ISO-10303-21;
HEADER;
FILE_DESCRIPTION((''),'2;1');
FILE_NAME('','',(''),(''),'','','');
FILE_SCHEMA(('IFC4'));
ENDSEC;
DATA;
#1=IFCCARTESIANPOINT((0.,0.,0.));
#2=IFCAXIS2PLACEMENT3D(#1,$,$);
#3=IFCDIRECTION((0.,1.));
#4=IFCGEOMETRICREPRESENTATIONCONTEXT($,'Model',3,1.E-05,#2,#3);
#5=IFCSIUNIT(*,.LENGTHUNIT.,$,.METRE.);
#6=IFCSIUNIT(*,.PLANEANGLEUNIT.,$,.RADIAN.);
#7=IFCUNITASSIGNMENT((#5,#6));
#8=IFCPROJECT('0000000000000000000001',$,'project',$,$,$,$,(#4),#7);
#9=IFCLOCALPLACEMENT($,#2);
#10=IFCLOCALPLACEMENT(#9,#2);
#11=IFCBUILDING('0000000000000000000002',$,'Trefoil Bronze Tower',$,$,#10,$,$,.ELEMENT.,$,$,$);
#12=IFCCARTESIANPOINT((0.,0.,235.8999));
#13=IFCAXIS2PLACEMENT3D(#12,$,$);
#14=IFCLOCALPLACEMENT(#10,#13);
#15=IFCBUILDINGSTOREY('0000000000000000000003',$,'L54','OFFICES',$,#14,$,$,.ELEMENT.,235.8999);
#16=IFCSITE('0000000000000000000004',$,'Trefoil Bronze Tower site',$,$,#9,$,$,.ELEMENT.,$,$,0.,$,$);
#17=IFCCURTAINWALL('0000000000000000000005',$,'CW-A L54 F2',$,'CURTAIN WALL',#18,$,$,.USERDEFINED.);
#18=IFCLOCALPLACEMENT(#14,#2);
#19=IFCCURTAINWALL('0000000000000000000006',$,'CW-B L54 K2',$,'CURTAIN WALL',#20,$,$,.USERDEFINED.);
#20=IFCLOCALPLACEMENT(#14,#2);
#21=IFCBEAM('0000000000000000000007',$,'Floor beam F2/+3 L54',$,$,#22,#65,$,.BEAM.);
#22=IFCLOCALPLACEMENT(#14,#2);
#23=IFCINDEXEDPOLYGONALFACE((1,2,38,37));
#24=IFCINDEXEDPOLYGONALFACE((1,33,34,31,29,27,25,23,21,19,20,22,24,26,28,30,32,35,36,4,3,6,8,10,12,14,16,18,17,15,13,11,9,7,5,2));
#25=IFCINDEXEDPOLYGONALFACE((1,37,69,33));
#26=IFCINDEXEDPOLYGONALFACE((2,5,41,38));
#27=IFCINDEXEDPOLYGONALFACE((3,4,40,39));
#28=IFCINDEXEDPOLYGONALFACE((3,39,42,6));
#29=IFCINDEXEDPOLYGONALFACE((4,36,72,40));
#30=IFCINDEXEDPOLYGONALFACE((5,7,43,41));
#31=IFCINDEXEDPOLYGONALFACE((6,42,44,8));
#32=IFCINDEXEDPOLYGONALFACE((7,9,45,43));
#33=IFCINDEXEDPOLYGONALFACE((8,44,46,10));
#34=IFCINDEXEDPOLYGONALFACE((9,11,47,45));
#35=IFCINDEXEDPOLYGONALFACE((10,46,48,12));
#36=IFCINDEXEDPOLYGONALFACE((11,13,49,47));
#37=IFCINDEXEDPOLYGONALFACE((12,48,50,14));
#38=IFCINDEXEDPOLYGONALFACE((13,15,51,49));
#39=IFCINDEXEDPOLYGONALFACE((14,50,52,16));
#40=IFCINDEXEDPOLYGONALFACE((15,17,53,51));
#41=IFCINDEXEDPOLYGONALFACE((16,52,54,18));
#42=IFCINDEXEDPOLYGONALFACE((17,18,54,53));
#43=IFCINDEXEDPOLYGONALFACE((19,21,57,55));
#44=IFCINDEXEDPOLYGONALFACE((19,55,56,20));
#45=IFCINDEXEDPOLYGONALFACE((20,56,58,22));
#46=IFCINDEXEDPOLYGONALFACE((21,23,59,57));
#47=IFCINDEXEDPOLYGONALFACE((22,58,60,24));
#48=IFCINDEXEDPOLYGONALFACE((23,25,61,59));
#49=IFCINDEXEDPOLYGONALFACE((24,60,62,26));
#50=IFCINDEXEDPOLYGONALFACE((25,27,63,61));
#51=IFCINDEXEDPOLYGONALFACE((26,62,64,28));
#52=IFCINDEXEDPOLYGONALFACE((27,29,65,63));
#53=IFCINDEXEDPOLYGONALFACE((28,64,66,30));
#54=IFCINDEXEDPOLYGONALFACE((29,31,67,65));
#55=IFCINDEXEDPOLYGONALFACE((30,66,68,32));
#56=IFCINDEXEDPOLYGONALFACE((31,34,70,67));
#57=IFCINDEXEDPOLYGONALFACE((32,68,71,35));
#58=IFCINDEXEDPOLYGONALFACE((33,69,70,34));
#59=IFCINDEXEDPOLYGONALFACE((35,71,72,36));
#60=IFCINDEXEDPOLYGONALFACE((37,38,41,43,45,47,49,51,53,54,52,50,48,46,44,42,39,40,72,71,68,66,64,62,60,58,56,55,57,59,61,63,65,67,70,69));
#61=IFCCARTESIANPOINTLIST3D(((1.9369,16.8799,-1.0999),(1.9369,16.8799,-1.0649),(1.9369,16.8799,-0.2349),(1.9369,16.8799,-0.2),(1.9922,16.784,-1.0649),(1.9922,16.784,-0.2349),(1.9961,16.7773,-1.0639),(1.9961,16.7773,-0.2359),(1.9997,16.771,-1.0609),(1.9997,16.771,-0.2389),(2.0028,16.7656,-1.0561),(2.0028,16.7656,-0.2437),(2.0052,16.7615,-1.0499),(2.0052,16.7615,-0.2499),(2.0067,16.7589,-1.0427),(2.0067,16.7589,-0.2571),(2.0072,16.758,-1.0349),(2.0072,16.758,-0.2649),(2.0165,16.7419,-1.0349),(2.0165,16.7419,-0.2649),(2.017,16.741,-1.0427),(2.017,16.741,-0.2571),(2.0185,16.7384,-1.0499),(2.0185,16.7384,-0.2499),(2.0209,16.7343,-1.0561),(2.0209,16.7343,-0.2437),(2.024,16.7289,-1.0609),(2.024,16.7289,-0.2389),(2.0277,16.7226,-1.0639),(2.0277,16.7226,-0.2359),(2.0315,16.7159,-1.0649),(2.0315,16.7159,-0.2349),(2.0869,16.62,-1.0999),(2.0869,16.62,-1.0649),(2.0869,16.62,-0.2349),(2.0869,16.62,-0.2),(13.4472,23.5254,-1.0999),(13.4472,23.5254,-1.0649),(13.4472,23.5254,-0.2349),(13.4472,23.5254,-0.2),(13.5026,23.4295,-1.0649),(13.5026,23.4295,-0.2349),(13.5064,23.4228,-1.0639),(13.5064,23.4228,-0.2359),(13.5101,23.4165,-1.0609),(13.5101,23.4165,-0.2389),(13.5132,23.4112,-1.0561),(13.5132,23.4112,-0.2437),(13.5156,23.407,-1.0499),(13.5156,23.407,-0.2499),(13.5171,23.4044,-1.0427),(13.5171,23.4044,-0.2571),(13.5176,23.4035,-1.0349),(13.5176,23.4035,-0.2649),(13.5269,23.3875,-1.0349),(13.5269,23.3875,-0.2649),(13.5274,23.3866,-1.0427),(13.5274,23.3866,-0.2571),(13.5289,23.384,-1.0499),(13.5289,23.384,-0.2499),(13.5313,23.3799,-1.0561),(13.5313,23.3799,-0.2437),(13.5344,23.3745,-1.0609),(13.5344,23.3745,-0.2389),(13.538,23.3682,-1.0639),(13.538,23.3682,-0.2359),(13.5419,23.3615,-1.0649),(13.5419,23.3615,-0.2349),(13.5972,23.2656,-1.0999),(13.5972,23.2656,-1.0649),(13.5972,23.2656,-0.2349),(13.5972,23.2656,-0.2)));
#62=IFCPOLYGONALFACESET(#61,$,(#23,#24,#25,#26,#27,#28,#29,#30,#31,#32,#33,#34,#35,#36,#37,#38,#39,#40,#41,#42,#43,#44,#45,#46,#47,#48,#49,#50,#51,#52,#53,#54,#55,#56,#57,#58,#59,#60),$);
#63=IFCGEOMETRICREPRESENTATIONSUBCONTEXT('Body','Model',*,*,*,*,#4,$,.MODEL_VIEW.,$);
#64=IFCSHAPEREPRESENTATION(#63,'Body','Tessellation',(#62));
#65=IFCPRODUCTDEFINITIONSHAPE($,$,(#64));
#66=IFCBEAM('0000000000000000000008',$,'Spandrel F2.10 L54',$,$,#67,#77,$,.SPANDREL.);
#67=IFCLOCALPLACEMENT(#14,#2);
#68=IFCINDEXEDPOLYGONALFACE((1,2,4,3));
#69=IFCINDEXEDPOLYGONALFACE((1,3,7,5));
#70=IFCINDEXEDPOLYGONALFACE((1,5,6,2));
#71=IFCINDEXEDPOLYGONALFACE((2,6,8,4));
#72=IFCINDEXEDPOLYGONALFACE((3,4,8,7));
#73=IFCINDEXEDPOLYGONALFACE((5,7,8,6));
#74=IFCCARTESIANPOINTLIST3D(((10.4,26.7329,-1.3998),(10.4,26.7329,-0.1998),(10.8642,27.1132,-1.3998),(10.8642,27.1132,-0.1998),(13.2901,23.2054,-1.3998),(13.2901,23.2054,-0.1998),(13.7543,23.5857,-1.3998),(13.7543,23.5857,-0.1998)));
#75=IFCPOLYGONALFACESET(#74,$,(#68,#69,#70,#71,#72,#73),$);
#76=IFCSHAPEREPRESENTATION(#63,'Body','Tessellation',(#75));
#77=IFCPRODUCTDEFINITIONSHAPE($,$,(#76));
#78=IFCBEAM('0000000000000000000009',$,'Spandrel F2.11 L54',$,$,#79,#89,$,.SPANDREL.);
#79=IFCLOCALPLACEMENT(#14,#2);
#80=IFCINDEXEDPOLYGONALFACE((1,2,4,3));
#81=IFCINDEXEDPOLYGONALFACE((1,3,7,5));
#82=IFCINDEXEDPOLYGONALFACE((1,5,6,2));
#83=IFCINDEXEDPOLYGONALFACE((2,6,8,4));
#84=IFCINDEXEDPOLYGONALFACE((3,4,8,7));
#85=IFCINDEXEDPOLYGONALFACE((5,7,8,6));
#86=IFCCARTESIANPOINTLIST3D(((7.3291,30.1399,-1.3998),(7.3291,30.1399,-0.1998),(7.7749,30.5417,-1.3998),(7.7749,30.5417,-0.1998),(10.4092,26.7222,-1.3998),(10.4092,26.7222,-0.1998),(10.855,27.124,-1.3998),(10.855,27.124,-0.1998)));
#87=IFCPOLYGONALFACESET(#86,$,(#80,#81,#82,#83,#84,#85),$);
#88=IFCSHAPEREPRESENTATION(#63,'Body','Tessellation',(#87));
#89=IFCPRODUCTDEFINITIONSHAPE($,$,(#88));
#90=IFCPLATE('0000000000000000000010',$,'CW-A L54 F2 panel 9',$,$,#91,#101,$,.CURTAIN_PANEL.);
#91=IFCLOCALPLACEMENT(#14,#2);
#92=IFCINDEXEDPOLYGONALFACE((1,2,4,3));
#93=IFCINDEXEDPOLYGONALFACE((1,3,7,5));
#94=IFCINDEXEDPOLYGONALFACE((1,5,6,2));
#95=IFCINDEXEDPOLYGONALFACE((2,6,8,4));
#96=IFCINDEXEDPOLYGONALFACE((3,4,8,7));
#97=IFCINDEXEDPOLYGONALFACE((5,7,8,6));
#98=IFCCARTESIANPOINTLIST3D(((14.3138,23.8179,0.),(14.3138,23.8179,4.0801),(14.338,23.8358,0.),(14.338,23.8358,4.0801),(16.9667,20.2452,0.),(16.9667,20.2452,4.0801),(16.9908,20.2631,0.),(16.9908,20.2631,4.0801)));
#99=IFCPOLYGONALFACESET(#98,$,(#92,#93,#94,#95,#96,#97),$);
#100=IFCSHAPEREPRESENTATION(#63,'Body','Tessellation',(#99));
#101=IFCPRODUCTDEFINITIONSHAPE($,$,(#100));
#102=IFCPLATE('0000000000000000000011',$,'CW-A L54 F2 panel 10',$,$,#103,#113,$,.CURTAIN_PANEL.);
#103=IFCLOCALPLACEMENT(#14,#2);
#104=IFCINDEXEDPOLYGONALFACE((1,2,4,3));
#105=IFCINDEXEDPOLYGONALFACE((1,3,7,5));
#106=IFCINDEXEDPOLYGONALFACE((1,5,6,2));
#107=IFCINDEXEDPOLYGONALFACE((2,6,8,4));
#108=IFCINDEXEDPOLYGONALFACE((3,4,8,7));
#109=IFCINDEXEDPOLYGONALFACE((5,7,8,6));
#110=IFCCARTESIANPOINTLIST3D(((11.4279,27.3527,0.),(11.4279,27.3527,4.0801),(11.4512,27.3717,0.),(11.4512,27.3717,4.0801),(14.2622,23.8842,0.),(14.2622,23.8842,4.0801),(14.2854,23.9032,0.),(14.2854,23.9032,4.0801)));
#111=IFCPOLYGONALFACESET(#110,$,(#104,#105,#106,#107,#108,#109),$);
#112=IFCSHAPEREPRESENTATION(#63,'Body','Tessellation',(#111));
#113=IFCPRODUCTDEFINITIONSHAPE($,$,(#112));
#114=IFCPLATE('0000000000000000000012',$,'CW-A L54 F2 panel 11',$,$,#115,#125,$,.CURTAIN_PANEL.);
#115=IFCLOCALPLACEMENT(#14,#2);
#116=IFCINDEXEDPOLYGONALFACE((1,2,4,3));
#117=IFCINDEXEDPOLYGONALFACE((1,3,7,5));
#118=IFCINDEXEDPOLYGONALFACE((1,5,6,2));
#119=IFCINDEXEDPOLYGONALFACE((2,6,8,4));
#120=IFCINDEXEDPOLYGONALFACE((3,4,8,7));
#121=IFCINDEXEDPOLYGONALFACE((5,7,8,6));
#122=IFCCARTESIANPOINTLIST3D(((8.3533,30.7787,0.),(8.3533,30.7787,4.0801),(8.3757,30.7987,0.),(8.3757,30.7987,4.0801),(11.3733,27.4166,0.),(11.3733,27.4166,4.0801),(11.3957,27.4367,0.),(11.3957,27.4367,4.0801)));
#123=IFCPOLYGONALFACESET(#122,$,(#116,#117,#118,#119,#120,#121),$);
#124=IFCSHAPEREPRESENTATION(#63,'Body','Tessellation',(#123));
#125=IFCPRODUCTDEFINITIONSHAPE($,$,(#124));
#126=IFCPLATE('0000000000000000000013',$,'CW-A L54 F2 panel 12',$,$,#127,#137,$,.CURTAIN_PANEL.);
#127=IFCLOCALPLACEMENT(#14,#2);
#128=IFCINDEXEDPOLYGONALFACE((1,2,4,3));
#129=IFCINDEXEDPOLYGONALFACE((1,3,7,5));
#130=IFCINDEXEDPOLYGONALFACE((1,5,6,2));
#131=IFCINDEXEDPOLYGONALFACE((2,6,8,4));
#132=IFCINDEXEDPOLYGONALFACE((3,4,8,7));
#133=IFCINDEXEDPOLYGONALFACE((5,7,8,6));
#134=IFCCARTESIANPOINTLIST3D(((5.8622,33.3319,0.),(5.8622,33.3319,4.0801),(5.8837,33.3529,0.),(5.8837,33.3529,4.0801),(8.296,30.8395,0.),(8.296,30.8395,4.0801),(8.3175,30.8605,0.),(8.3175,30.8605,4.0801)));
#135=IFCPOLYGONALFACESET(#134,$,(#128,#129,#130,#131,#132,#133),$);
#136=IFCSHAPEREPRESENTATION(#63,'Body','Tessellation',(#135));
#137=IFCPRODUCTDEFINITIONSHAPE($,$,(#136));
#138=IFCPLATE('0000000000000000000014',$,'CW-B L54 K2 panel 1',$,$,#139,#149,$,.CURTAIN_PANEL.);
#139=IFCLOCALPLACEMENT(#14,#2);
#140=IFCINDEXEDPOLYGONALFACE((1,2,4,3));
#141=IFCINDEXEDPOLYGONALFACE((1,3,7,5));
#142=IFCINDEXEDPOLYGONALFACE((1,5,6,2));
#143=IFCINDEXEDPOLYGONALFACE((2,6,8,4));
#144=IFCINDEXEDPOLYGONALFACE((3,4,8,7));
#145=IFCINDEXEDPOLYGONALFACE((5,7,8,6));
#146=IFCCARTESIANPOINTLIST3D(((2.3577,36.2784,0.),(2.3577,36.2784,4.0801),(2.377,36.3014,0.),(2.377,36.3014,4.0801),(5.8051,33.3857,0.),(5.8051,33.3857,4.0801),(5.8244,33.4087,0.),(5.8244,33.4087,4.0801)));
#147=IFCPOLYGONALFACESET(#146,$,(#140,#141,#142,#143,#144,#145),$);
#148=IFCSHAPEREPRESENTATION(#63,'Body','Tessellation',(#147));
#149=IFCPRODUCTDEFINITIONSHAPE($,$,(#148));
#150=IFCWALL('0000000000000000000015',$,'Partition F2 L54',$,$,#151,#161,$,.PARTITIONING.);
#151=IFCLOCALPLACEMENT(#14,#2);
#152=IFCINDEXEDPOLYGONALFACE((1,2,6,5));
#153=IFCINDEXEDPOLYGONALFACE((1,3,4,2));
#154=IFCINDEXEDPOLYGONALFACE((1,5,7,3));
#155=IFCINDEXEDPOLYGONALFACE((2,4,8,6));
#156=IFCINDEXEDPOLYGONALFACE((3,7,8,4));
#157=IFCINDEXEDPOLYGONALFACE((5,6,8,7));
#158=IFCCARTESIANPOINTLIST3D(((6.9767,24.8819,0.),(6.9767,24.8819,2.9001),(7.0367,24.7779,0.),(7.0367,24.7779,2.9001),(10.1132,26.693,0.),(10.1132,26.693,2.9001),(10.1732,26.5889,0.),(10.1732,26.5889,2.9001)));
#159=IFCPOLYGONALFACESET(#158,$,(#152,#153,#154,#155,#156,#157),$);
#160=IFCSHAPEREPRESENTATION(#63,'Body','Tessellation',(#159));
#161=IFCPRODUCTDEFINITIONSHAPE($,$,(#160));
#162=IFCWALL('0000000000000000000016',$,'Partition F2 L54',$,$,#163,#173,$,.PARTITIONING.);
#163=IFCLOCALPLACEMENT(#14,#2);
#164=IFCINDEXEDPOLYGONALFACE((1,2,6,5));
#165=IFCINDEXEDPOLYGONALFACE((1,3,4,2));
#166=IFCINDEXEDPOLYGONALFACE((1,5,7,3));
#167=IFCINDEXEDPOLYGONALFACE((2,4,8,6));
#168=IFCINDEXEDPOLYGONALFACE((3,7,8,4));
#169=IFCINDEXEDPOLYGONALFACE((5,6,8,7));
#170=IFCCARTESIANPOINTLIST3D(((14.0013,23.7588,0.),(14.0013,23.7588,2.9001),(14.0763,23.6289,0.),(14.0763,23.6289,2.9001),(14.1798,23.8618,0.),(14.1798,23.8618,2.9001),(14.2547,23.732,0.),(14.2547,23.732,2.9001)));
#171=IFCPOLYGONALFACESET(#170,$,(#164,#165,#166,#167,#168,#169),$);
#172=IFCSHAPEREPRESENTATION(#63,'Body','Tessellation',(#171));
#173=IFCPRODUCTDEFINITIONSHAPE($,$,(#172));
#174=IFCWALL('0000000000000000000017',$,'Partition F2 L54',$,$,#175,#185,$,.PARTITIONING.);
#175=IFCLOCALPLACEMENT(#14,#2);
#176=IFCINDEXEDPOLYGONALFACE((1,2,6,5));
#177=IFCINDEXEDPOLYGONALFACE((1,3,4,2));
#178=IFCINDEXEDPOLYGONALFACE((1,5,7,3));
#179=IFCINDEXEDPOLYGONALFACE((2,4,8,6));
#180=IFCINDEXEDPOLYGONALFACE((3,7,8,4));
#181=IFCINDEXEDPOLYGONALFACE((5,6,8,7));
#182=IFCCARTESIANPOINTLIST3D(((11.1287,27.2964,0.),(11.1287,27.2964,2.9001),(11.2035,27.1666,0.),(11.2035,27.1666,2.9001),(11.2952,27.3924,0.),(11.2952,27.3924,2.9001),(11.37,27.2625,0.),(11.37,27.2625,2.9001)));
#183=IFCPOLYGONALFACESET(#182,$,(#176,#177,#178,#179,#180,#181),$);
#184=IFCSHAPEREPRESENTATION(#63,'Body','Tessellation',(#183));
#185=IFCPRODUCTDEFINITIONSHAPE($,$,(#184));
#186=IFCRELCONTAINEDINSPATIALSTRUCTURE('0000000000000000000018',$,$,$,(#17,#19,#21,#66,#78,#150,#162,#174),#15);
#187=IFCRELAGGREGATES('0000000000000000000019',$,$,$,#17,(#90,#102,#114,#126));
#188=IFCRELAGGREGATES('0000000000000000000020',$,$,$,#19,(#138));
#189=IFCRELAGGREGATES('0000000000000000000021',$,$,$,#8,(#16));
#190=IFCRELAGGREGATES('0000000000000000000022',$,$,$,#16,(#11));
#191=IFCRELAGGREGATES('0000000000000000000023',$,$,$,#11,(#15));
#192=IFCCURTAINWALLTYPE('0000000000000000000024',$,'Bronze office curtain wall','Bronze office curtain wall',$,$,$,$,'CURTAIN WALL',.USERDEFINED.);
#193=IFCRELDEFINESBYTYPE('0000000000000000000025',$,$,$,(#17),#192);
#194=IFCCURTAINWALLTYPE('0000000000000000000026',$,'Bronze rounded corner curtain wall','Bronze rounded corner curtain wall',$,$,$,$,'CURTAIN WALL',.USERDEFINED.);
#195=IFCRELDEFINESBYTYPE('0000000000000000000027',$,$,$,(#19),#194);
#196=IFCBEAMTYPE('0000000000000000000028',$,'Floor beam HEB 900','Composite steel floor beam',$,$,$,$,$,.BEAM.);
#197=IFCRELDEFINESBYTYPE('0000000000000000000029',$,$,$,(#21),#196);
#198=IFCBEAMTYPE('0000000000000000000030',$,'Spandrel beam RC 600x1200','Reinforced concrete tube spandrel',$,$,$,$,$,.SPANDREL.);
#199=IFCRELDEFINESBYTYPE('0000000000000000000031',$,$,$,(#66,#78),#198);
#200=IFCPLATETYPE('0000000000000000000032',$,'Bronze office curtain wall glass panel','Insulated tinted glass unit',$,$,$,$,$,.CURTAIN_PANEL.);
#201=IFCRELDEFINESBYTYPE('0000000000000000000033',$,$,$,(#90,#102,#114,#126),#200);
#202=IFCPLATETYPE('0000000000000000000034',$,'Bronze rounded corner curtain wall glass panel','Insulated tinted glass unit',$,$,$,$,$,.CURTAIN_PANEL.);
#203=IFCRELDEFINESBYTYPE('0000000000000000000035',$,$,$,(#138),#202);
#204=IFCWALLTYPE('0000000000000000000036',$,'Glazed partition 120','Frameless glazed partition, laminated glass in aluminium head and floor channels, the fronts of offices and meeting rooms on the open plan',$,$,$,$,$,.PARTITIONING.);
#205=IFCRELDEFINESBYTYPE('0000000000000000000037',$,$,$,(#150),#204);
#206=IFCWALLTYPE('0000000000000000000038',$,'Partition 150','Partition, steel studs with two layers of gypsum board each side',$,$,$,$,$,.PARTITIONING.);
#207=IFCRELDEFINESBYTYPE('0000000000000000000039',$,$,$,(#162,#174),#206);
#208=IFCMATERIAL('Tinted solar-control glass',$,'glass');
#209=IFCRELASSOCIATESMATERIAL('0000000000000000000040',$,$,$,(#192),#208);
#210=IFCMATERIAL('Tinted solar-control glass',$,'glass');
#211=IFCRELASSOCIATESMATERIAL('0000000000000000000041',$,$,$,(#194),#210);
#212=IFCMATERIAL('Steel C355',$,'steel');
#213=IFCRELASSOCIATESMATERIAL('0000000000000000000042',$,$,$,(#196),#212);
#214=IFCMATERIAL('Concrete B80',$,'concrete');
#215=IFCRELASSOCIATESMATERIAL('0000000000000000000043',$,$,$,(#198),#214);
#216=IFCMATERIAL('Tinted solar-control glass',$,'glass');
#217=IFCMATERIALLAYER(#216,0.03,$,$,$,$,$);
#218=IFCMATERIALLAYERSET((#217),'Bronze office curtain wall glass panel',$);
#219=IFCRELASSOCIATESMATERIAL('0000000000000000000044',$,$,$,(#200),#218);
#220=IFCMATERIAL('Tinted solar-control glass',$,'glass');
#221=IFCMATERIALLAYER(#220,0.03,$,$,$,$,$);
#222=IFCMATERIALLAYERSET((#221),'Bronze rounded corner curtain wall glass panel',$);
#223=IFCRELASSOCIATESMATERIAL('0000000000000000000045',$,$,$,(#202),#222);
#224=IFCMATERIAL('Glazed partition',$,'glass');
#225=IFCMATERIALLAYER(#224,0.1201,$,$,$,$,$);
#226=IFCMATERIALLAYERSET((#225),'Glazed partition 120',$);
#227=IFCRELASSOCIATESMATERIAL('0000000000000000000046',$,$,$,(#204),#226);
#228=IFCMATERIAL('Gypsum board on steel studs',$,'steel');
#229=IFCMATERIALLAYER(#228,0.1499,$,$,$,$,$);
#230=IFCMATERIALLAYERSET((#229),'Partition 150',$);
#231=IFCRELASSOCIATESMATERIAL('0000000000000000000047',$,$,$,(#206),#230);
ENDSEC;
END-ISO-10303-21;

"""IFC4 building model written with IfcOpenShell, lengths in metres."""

from ifc_helpers import new_model, si_unit, direction, frame, frame_2d, origin, origin_2d, place, context, subcontext, project, spatial, rectangle, i_section, extrude, material, layer, layer_set, material_profile, profile_set, type_object, element, aggregate, save


model = new_model("IFC4")

# Units and contexts
model_context = context("Model", 3, precision=1e-05, world=origin(), true_north=direction((0.0, 1.0)))
body_context = subcontext(model_context, "Body", "Model", "MODEL_VIEW")
ifc_project = project(units=[si_unit("LENGTHUNIT", "METRE"), si_unit("PLANEANGLEUNIT", "RADIAN")], contexts=[model_context])

# Site, building, storey
site_placement = place(None, origin())
site = spatial("IfcSite", under=ifc_project, at=site_placement, Name="Trefoil Bronze Tower site", CompositionType="ELEMENT", RefElevation=0.0)
building_placement = place(site_placement, origin())
building = spatial("IfcBuilding", under=site, at=building_placement, Name="Trefoil Bronze Tower", CompositionType="ELEMENT")
storey_placement = place(building_placement, frame((0.0, 0.0, 235.8999)))
storey = spatial("IfcBuildingStorey", under=building, at=storey_placement, Name="L54", Description="OFFICES", CompositionType="ELEMENT", Elevation=235.8999)

# Curtain walls
ifc_material_1 = material(Name="Tinted solar-control glass", Category="glass")
curtain_wall_type_1 = type_object("IfcCurtainWallType", Name="Bronze office curtain wall", Description="Bronze office curtain wall", ElementType="CURTAIN WALL", PredefinedType="USERDEFINED", material=ifc_material_1)
curtain_wall_1_placement = place(storey_placement, origin())
curtain_wall_1 = element("IfcCurtainWall", 1, at=curtain_wall_1_placement, inside=storey, type_object=curtain_wall_type_1, Name="CW-A L54 F2", ObjectType="CURTAIN WALL", PredefinedType="USERDEFINED")
ifc_material_2 = material(Name="Tinted solar-control glass", Category="glass")
curtain_wall_type_2 = type_object("IfcCurtainWallType", Name="Bronze rounded corner curtain wall", Description="Bronze rounded corner curtain wall", ElementType="CURTAIN WALL", PredefinedType="USERDEFINED", material=ifc_material_2)
curtain_wall_2_placement = place(storey_placement, origin())
curtain_wall_2 = element("IfcCurtainWall", 2, at=curtain_wall_2_placement, inside=storey, type_object=curtain_wall_type_2, Name="CW-B L54 K2", ObjectType="CURTAIN WALL", PredefinedType="USERDEFINED")

# Beams
ifc_material_3 = material(Name="Steel C355", Category="steel")
ifc_material_profile_1 = material_profile(ifc_material_3, i_section(OverallWidth=0.3, OverallDepth=0.8999, WebThickness=0.0186, FlangeThickness=0.0349, FilletRadius=0.03, at=origin_2d()), Name="HEB 900")
ifc_profile_set_1 = profile_set([ifc_material_profile_1], Name="Steel C355")
beam_type_1 = type_object("IfcBeamType", Name="Floor beam HEB 900", Description="Composite steel floor beam", PredefinedType="BEAM", material=ifc_profile_set_1)
beam_1_placement = place(storey_placement, frame((13.5222, 23.3955, -0.6499), z_axis=(-0.866023, -0.500003, 0.0), x_axis=(0.500003, -0.866023, 0.0)))
element("IfcBeam", 3, at=beam_1_placement, inside=storey, type_object=beam_type_1, Name="Floor beam F2/+3 L54", PredefinedType="BEAM", context=body_context, shape_type="SweptSolid", body=[
    extrude(i_section(OverallWidth=0.3, OverallDepth=0.8999, WebThickness=0.0186, FlangeThickness=0.0349, FilletRadius=0.03, at=origin_2d()), origin(), (0.0, 0.0, 1.0), 13.291),
])
ifc_material_4 = material(Name="Concrete B80", Category="concrete")
ifc_material_profile_2 = material_profile(ifc_material_4, rectangle(XDim=0.6001, YDim=1.2, at=origin_2d()), Name="RC 600x1200")
ifc_profile_set_2 = profile_set([ifc_material_profile_2], Name="Concrete B80")
beam_type_2 = type_object("IfcBeamType", Name="Spandrel beam RC 600x1200", Description="Reinforced concrete tube spandrel", PredefinedType="SPANDREL", material=ifc_profile_set_2)
beam_2_placement = place(storey_placement, frame((13.5222, 23.3955, -0.7998), z_axis=(-0.633754, 0.773535, 0.0), x_axis=(-0.773535, -0.633754, 0.0)))
element("IfcBeam", 4, at=beam_2_placement, inside=storey, type_object=beam_type_2, Name="Spandrel F2.10 L54", PredefinedType="SPANDREL", context=body_context, shape_type="SweptSolid", body=[
    extrude(rectangle(XDim=0.6001, YDim=1.2, at=origin_2d()), origin(), (0.0, 0.0, 1.0), 4.5603),
])
beam_3_placement = place(storey_placement, frame((10.6321, 26.9231, -0.7998), z_axis=(-0.66946, 0.742848, 0.0), x_axis=(-0.742848, -0.66946, 0.0)))
element("IfcBeam", 5, at=beam_3_placement, inside=storey, type_object=beam_type_2, Name="Spandrel F2.11 L54", PredefinedType="SPANDREL", context=body_context, shape_type="SweptSolid", body=[
    extrude(rectangle(XDim=0.6001, YDim=1.2, at=origin_2d()), origin(), (0.0, 0.0, 1.0), 4.6008),
])

# Plates
ifc_material_5 = material(Name="Tinted solar-control glass", Category="glass")
ifc_layer_1 = layer(ifc_material_5, 0.03)
ifc_layer_set_1 = layer_set([ifc_layer_1], Name="Bronze office curtain wall glass panel")
plate_type_1 = type_object("IfcPlateType", Name="Bronze office curtain wall glass panel", Description="Insulated tinted glass unit", PredefinedType="CURTAIN_PANEL", material=ifc_layer_set_1)
plate_1_placement = place(storey_placement, frame((15.6523, 22.0405, 0.0), z_axis=(0.0, 0.0, 1.0), x_axis=(-0.596162, 0.802865, 0.0)))
plate_1 = element("IfcPlate", 6, at=plate_1_placement, type_object=plate_type_1, Name="CW-A L54 F2 panel 9", PredefinedType="CURTAIN_PANEL", context=body_context, shape_type="SweptSolid", body=[
    extrude(rectangle(XDim=4.45, YDim=0.03, at=origin_2d()), origin(), (0.0, 0.0, 1.0), 4.0801),
])
plate_2_placement = place(storey_placement, frame((12.8567, 25.6279, 0.0), z_axis=(0.0, 0.0, 1.0), x_axis=(-0.632753, 0.774354, 0.0)))
plate_2 = element("IfcPlate", 7, at=plate_2_placement, type_object=plate_type_1, Name="CW-A L54 F2 panel 10", PredefinedType="CURTAIN_PANEL", context=body_context, shape_type="SweptSolid", body=[
    extrude(rectangle(XDim=4.4792, YDim=0.03, at=origin_2d()), origin(), (0.0, 0.0, 1.0), 4.0801),
])
plate_3_placement = place(storey_placement, frame((9.8745, 29.1077, 0.0), z_axis=(0.0, 0.0, 1.0), x_axis=(-0.668246, 0.743941, 0.0)))
plate_3 = element("IfcPlate", 8, at=plate_3_placement, type_object=plate_type_1, Name="CW-A L54 F2 panel 11", PredefinedType="CURTAIN_PANEL", context=body_context, shape_type="SweptSolid", body=[
    extrude(rectangle(XDim=4.5193, YDim=0.03, at=origin_2d()), origin(), (0.0, 0.0, 1.0), 4.0801),
])
plate_4_placement = place(storey_placement, frame((7.0898, 32.0962, 0.0), z_axis=(0.0, 0.0, 1.0), x_axis=(-0.698652, 0.715462, 0.0)))
plate_4 = element("IfcPlate", 9, at=plate_4_placement, type_object=plate_type_1, Name="CW-A L54 F2 panel 12", PredefinedType="CURTAIN_PANEL", context=body_context, shape_type="SweptSolid", body=[
    extrude(rectangle(XDim=3.4836, YDim=0.03, at=origin_2d()), origin(), (0.0, 0.0, 1.0), 4.0801),
])
aggregate(curtain_wall_1, [plate_1, plate_2, plate_3, plate_4])
ifc_material_6 = material(Name="Tinted solar-control glass", Category="glass")
ifc_layer_2 = layer(ifc_material_6, 0.03)
ifc_layer_set_2 = layer_set([ifc_layer_2], Name="Bronze rounded corner curtain wall glass panel")
plate_type_2 = type_object("IfcPlateType", Name="Bronze rounded corner curtain wall glass panel", Description="Insulated tinted glass unit", PredefinedType="CURTAIN_PANEL", material=ifc_layer_set_2)
plate_5_placement = place(storey_placement, frame((4.0911, 34.8435, 0.0), z_axis=(0.0, 0.0, 1.0), x_axis=(-0.766044, 0.642788, 0.0)))
plate_5 = element("IfcPlate", 10, at=plate_5_placement, type_object=plate_type_2, Name="CW-B L54 K2 panel 1", PredefinedType="CURTAIN_PANEL", context=body_context, shape_type="SweptSolid", body=[
    extrude(rectangle(XDim=4.5002, YDim=0.03, at=origin_2d()), origin(), (0.0, 0.0, 1.0), 4.0801),
])
aggregate(curtain_wall_2, [plate_5])

# Walls
ifc_material_7 = material(Name="Glazed partition", Category="glass")
ifc_layer_3 = layer(ifc_material_7, 0.1201)
ifc_layer_set_3 = layer_set([ifc_layer_3], Name="Glazed partition 120")
wall_type_1 = type_object("IfcWallType", Name="Glazed partition 120", Description="Frameless glazed partition, laminated glass in aluminium head and floor channels, the fronts of offices and meeting rooms on the open plan", PredefinedType="PARTITIONING", material=ifc_layer_set_3)
wall_1_placement = place(storey_placement, frame((7.0066, 24.8298, 0.0), z_axis=(0.0, 0.0, 1.0), x_axis=(0.866003, 0.500039, 0.0)))
element("IfcWall", 11, at=wall_1_placement, inside=storey, type_object=wall_type_1, Name="Partition F2 L54", PredefinedType="PARTITIONING", context=body_context, shape_type="SweptSolid", body=[
    extrude(rectangle(XDim=3.6218, YDim=0.1201, at=frame_2d((1.811, 0.0))), origin(), (0.0, 0.0, 1.0), 2.9001),
])
ifc_material_8 = material(Name="Gypsum board on steel studs", Category="steel")
ifc_layer_4 = layer(ifc_material_8, 0.1499)
ifc_layer_set_4 = layer_set([ifc_layer_4], Name="Partition 150")
wall_type_2 = type_object("IfcWallType", Name="Partition 150", Description="Partition, steel studs with two layers of gypsum board each side", PredefinedType="PARTITIONING", material=ifc_layer_set_4)
wall_2_placement = place(storey_placement, frame((14.0388, 23.6938, 0.0), z_axis=(0.0, 0.0, 1.0), x_axis=(0.866047, 0.499962, 0.0)))
element("IfcWall", 12, at=wall_2_placement, inside=storey, type_object=wall_type_2, Name="Partition F2 L54", PredefinedType="PARTITIONING", context=body_context, shape_type="SweptSolid", body=[
    extrude(rectangle(XDim=0.2061, YDim=0.1499, at=frame_2d((0.103, 0.0))), origin(), (0.0, 0.0, 1.0), 2.9001),
])
wall_3_placement = place(storey_placement, frame((11.166, 27.2314, 0.0), z_axis=(0.0, 0.0, 1.0), x_axis=(0.866439, 0.499282, 0.0)))
element("IfcWall", 13, at=wall_3_placement, inside=storey, type_object=wall_type_2, Name="Partition F2 L54", PredefinedType="PARTITIONING", context=body_context, shape_type="SweptSolid", body=[
    extrude(rectangle(XDim=0.1921, YDim=0.1499, at=frame_2d((0.0962, 0.0))), origin(), (0.0, 0.0, 1.0), 2.9001),
])

save(model, "model.ifc")
